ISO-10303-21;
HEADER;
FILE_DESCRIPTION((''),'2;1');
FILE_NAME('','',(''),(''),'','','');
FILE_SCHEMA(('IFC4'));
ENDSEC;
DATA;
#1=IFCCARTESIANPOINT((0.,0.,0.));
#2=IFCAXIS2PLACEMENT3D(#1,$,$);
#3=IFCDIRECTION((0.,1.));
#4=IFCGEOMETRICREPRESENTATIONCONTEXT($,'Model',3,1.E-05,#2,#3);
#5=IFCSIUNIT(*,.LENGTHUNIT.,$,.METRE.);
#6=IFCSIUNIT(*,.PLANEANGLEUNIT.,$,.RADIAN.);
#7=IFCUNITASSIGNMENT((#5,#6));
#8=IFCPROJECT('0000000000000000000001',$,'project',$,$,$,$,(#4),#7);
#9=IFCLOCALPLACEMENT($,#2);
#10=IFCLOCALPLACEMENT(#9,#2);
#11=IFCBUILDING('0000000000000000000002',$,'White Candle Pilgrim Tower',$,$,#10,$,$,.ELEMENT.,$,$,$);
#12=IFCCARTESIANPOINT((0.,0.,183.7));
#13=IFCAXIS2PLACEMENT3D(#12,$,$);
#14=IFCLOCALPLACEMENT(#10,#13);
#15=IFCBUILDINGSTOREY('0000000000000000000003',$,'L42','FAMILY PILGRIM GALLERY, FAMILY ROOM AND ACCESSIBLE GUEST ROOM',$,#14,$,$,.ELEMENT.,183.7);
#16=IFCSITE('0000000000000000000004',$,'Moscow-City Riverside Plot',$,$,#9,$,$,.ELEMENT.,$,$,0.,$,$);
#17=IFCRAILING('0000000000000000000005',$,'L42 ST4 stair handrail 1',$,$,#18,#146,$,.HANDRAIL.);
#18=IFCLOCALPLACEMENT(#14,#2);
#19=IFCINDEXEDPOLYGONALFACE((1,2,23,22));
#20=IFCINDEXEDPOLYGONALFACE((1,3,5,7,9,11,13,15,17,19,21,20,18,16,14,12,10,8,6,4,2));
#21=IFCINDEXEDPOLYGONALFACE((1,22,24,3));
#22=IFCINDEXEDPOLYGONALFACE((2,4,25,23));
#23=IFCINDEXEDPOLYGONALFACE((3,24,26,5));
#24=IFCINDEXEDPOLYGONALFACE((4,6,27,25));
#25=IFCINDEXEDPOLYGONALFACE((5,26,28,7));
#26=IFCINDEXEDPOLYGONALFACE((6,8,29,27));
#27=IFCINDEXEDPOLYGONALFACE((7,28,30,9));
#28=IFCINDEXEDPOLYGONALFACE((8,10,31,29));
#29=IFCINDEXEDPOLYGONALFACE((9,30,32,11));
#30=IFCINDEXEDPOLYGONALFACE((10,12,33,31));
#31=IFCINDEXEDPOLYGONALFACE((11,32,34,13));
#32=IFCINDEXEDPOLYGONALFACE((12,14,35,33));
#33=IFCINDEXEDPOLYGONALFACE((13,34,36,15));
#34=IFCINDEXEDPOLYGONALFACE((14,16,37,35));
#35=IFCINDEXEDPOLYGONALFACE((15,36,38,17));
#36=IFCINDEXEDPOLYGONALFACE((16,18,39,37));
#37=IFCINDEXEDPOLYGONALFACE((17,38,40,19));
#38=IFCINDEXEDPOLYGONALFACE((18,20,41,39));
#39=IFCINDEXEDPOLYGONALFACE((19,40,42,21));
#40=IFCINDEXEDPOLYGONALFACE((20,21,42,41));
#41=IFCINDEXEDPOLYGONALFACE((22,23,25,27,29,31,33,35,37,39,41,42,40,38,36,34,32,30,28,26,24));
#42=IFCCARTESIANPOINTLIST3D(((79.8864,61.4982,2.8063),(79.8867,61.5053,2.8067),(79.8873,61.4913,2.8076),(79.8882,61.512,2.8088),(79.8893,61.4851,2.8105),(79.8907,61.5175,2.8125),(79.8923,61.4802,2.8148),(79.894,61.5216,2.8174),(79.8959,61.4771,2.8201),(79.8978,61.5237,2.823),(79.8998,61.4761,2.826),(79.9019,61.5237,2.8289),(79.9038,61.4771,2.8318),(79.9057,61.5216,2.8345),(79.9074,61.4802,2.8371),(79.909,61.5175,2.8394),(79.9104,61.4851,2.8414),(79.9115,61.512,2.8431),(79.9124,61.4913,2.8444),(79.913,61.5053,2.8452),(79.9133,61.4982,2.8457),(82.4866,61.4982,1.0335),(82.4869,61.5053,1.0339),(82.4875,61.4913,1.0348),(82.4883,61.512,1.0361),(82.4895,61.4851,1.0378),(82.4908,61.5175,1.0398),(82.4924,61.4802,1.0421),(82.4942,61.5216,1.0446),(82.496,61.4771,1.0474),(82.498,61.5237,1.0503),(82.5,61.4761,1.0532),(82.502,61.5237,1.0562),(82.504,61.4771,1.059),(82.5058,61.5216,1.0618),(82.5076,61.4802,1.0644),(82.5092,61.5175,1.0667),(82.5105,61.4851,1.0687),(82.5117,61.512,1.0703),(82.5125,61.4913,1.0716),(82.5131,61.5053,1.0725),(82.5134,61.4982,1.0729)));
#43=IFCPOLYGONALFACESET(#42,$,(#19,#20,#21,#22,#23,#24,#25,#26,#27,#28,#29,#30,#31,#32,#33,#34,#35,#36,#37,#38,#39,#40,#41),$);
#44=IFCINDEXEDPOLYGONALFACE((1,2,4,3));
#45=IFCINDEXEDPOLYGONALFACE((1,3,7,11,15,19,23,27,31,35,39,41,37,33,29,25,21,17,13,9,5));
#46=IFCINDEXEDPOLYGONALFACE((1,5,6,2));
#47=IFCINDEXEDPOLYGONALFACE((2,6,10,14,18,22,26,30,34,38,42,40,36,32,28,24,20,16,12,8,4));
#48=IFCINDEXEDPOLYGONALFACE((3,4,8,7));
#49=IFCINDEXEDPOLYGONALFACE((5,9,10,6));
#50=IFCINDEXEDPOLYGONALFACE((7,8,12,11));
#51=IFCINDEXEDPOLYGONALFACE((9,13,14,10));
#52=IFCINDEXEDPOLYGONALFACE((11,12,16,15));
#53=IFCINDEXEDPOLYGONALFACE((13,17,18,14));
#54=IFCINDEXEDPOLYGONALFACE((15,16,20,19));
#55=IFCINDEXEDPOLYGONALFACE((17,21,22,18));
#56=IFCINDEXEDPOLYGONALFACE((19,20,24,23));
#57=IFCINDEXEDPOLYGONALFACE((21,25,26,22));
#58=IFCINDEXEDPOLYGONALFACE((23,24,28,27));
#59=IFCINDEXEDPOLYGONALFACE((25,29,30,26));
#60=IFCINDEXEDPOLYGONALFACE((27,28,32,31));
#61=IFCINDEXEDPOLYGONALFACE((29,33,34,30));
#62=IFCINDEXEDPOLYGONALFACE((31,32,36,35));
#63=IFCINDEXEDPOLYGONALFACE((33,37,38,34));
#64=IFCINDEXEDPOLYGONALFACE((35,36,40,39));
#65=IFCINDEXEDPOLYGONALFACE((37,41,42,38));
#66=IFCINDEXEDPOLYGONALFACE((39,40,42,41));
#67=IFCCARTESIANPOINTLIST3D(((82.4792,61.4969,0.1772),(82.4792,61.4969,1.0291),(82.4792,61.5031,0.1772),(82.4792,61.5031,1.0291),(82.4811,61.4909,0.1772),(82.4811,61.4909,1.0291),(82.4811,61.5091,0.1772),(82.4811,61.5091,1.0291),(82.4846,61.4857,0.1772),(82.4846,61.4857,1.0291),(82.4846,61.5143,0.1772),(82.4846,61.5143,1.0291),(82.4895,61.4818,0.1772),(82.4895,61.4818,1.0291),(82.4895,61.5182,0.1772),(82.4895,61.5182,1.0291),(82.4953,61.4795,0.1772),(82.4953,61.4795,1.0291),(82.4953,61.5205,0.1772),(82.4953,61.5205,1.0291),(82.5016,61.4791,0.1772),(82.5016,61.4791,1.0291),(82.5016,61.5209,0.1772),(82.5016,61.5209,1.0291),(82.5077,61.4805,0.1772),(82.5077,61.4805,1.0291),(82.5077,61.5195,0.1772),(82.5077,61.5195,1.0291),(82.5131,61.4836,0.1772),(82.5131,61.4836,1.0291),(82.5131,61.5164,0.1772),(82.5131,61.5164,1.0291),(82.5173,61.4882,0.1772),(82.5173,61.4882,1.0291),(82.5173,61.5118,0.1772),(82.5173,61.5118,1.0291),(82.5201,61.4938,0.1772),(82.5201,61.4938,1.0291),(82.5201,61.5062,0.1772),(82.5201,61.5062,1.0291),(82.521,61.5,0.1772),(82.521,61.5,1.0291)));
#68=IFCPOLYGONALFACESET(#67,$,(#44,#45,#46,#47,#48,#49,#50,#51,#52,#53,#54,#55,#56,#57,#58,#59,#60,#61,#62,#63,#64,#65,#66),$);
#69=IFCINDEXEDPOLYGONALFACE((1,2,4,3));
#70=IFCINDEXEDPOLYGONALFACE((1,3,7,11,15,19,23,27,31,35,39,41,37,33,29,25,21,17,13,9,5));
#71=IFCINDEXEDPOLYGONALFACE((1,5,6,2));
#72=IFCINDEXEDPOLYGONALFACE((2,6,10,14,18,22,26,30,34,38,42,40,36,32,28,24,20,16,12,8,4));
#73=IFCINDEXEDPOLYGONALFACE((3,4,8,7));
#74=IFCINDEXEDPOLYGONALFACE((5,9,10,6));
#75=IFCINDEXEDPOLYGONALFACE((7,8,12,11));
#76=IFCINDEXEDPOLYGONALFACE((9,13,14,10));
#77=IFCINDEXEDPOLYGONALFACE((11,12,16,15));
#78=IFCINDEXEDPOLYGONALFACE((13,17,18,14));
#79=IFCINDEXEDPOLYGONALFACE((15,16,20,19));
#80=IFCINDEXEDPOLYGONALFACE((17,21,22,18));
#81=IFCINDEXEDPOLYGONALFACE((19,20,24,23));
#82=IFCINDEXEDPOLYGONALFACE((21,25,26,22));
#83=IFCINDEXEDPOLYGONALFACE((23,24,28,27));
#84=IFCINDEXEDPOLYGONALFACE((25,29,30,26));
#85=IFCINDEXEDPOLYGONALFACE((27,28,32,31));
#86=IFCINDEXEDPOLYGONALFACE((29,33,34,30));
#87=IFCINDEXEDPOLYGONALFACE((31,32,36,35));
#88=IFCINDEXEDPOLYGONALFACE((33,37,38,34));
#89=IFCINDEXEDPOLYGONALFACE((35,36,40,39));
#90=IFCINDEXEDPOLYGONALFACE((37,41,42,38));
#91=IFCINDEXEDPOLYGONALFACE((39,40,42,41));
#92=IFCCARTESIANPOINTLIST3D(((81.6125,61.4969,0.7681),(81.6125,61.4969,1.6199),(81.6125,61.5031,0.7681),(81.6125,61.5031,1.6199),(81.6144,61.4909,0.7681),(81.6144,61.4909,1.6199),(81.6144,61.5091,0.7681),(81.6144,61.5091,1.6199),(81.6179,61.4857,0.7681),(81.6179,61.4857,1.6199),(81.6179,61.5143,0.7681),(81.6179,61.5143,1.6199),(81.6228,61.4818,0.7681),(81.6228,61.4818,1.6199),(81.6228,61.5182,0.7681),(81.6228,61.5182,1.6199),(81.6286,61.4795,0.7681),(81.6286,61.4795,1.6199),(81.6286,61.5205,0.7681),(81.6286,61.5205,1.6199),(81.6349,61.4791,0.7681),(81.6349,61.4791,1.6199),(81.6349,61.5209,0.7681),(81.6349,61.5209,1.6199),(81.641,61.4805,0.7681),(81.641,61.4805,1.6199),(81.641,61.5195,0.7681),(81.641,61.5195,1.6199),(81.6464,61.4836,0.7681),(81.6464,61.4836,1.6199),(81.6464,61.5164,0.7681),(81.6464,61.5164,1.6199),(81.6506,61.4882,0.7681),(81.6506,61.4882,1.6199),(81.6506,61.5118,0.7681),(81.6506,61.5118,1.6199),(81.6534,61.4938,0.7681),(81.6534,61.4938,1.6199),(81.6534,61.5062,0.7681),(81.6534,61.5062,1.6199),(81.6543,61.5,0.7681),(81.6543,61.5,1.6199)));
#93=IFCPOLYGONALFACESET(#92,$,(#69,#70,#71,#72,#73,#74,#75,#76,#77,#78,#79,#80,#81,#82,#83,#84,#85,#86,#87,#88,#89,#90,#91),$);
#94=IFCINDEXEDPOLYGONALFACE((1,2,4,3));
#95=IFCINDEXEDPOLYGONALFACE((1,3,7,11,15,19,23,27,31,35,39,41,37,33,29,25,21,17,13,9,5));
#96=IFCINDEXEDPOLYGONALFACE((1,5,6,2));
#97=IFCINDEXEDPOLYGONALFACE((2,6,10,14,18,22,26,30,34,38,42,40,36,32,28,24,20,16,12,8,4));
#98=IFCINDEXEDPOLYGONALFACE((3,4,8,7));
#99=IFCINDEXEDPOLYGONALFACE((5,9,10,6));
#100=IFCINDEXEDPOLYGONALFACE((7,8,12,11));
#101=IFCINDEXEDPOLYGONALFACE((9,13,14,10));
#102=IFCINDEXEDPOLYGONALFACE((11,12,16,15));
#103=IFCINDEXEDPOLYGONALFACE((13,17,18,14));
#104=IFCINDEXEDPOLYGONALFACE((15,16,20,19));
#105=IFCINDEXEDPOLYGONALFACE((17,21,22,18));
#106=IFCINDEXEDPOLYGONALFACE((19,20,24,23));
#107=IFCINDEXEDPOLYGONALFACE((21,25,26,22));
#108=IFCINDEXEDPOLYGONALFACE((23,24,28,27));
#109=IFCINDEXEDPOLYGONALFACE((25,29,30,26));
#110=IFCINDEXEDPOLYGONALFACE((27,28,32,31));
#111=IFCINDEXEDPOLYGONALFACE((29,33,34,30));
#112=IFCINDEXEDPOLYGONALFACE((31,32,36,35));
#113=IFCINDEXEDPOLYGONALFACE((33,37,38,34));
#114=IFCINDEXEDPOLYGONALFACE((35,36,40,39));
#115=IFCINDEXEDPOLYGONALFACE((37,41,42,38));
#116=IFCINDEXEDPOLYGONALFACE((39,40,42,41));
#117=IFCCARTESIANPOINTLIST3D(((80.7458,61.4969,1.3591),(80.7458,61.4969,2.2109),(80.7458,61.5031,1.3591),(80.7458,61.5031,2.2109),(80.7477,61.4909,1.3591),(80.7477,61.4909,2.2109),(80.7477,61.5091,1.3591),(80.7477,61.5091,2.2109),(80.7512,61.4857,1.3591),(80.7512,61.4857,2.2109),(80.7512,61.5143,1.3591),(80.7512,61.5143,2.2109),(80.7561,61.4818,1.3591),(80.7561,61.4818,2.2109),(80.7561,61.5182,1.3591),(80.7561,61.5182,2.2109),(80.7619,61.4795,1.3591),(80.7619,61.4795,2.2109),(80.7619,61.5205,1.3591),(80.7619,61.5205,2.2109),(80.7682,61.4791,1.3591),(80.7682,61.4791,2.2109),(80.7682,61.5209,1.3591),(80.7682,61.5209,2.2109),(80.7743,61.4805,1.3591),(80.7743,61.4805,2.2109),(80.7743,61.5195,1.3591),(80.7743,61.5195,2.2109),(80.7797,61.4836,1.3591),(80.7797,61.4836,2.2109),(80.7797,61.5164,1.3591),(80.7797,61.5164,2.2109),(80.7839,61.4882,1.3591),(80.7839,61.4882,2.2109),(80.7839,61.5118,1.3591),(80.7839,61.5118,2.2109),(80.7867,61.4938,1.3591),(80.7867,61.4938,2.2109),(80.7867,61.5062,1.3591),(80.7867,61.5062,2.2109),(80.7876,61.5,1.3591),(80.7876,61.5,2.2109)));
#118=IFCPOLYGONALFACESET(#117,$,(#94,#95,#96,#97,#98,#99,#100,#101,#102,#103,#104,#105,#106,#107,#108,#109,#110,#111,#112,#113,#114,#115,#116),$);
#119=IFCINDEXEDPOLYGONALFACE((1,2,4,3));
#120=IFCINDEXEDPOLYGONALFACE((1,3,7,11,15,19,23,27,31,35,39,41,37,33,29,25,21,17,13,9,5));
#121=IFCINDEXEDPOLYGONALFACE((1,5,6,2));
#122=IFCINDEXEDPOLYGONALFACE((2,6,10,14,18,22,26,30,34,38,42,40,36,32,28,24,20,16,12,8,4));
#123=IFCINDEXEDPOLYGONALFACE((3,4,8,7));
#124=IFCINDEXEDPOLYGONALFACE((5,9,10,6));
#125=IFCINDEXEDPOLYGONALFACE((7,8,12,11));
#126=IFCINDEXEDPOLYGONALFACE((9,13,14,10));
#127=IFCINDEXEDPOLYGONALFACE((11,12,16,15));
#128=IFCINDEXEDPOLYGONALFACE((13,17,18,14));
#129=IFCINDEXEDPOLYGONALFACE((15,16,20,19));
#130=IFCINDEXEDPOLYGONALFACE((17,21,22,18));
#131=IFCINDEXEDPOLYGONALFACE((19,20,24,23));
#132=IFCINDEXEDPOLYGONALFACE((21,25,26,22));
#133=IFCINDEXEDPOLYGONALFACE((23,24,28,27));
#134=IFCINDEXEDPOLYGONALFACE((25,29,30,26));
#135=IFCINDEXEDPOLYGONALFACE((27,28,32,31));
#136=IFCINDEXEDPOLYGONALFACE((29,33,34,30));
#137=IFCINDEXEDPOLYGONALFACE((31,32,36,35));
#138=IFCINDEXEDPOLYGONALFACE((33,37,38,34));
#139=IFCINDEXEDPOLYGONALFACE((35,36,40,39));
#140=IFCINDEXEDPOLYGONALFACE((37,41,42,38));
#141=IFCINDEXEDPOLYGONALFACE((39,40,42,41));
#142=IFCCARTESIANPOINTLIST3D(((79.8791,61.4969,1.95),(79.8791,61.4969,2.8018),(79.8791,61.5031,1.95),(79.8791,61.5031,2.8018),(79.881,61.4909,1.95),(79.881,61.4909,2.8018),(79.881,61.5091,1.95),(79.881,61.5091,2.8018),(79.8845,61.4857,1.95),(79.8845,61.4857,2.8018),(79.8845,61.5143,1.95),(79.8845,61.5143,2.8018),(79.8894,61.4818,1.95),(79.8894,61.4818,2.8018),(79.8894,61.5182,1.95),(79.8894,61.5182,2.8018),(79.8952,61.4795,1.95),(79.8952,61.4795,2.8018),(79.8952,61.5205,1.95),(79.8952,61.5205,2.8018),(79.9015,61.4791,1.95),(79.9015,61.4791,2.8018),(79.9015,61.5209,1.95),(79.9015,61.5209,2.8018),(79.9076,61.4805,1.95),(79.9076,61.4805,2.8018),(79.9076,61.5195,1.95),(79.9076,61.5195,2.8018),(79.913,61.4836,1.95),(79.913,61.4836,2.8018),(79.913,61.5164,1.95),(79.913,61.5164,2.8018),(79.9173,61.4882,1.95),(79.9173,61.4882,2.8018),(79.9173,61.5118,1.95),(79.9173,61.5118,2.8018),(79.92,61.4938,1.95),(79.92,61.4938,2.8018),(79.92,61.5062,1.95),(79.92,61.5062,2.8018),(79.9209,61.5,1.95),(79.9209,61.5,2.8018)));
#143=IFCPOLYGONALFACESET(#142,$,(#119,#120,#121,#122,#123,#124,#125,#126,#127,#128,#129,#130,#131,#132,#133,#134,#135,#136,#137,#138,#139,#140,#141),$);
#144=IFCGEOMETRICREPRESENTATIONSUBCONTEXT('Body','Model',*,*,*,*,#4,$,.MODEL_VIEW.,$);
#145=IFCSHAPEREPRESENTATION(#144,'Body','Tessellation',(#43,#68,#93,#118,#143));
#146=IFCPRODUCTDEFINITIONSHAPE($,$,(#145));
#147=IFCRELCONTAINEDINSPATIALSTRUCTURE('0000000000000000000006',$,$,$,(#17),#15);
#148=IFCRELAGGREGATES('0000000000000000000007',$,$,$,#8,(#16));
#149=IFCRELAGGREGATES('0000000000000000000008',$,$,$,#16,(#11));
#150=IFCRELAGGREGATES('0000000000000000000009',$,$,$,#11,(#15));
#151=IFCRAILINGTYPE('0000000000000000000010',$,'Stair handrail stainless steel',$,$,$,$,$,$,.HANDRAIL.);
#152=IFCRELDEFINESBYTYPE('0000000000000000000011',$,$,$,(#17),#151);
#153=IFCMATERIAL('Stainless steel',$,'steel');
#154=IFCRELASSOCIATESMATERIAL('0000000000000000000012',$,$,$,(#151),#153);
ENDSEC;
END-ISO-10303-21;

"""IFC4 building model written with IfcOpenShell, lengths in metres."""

from ifc_helpers import new_model, si_unit, direction, frame, origin, origin_2d, place, context, subcontext, project, spatial, circle, extrude, material, type_object, element, save


model = new_model("IFC4")

# Units and contexts
model_context = context("Model", 3, precision=1e-05, world=origin(), true_north=direction((0.0, 1.0)))
body_context = subcontext(model_context, "Body", "Model", "MODEL_VIEW")
ifc_project = project(units=[si_unit("LENGTHUNIT", "METRE"), si_unit("PLANEANGLEUNIT", "RADIAN")], contexts=[model_context])

# Site, building, storey
site_placement = place(None, origin())
site = spatial("IfcSite", under=ifc_project, at=site_placement, Name="Moscow-City Riverside Plot", CompositionType="ELEMENT", RefElevation=0.0)
building_placement = place(site_placement, origin())
building = spatial("IfcBuilding", under=site, at=building_placement, Name="White Candle Pilgrim Tower", CompositionType="ELEMENT")
storey_placement = place(building_placement, frame((0.0, 0.0, 183.7)))
storey = spatial("IfcBuildingStorey", under=building, at=storey_placement, Name="L42", Description="FAMILY PILGRIM GALLERY, FAMILY ROOM AND ACCESSIBLE GUEST ROOM", CompositionType="ELEMENT", Elevation=183.7)

# Railing
ifc_material_1 = material(Name="Stainless steel", Category="steel")
railing_type_1 = type_object("IfcRailingType", Name="Stair handrail stainless steel", PredefinedType="HANDRAIL", material=ifc_material_1)
railing_1_placement = place(storey_placement, frame((82.5, 61.5, 0.1772)))
element("IfcRailing", 1, at=railing_1_placement, inside=storey, type_object=railing_type_1, Name="L42 ST4 stair handrail 1", PredefinedType="HANDRAIL", context=body_context, shape_type="SweptSolid", body=[
    extrude(circle(Radius=0.0239, at=origin_2d()), frame((0.0, 0.0, 0.876), z_axis=(-0.82624, 0.0, 0.563318), x_axis=(0.0, -1.0, 0.0)), (0.0, 0.0, 1.0), 3.147),
    extrude(circle(Radius=0.021, at=origin_2d()), origin(), (0.0, 0.0, 1.0), 0.8518),
    extrude(circle(Radius=0.021, at=origin_2d()), frame((-0.8667, 0.0, 0.5908)), (0.0, 0.0, 1.0), 0.8518),
    extrude(circle(Radius=0.021, at=origin_2d()), frame((-1.7334, 0.0, 1.1819)), (0.0, 0.0, 1.0), 0.8518),
    extrude(circle(Radius=0.021, at=origin_2d()), frame((-2.6001, 0.0, 1.7727)), (0.0, 0.0, 1.0), 0.8518),
])

save(model, "model.ifc")
